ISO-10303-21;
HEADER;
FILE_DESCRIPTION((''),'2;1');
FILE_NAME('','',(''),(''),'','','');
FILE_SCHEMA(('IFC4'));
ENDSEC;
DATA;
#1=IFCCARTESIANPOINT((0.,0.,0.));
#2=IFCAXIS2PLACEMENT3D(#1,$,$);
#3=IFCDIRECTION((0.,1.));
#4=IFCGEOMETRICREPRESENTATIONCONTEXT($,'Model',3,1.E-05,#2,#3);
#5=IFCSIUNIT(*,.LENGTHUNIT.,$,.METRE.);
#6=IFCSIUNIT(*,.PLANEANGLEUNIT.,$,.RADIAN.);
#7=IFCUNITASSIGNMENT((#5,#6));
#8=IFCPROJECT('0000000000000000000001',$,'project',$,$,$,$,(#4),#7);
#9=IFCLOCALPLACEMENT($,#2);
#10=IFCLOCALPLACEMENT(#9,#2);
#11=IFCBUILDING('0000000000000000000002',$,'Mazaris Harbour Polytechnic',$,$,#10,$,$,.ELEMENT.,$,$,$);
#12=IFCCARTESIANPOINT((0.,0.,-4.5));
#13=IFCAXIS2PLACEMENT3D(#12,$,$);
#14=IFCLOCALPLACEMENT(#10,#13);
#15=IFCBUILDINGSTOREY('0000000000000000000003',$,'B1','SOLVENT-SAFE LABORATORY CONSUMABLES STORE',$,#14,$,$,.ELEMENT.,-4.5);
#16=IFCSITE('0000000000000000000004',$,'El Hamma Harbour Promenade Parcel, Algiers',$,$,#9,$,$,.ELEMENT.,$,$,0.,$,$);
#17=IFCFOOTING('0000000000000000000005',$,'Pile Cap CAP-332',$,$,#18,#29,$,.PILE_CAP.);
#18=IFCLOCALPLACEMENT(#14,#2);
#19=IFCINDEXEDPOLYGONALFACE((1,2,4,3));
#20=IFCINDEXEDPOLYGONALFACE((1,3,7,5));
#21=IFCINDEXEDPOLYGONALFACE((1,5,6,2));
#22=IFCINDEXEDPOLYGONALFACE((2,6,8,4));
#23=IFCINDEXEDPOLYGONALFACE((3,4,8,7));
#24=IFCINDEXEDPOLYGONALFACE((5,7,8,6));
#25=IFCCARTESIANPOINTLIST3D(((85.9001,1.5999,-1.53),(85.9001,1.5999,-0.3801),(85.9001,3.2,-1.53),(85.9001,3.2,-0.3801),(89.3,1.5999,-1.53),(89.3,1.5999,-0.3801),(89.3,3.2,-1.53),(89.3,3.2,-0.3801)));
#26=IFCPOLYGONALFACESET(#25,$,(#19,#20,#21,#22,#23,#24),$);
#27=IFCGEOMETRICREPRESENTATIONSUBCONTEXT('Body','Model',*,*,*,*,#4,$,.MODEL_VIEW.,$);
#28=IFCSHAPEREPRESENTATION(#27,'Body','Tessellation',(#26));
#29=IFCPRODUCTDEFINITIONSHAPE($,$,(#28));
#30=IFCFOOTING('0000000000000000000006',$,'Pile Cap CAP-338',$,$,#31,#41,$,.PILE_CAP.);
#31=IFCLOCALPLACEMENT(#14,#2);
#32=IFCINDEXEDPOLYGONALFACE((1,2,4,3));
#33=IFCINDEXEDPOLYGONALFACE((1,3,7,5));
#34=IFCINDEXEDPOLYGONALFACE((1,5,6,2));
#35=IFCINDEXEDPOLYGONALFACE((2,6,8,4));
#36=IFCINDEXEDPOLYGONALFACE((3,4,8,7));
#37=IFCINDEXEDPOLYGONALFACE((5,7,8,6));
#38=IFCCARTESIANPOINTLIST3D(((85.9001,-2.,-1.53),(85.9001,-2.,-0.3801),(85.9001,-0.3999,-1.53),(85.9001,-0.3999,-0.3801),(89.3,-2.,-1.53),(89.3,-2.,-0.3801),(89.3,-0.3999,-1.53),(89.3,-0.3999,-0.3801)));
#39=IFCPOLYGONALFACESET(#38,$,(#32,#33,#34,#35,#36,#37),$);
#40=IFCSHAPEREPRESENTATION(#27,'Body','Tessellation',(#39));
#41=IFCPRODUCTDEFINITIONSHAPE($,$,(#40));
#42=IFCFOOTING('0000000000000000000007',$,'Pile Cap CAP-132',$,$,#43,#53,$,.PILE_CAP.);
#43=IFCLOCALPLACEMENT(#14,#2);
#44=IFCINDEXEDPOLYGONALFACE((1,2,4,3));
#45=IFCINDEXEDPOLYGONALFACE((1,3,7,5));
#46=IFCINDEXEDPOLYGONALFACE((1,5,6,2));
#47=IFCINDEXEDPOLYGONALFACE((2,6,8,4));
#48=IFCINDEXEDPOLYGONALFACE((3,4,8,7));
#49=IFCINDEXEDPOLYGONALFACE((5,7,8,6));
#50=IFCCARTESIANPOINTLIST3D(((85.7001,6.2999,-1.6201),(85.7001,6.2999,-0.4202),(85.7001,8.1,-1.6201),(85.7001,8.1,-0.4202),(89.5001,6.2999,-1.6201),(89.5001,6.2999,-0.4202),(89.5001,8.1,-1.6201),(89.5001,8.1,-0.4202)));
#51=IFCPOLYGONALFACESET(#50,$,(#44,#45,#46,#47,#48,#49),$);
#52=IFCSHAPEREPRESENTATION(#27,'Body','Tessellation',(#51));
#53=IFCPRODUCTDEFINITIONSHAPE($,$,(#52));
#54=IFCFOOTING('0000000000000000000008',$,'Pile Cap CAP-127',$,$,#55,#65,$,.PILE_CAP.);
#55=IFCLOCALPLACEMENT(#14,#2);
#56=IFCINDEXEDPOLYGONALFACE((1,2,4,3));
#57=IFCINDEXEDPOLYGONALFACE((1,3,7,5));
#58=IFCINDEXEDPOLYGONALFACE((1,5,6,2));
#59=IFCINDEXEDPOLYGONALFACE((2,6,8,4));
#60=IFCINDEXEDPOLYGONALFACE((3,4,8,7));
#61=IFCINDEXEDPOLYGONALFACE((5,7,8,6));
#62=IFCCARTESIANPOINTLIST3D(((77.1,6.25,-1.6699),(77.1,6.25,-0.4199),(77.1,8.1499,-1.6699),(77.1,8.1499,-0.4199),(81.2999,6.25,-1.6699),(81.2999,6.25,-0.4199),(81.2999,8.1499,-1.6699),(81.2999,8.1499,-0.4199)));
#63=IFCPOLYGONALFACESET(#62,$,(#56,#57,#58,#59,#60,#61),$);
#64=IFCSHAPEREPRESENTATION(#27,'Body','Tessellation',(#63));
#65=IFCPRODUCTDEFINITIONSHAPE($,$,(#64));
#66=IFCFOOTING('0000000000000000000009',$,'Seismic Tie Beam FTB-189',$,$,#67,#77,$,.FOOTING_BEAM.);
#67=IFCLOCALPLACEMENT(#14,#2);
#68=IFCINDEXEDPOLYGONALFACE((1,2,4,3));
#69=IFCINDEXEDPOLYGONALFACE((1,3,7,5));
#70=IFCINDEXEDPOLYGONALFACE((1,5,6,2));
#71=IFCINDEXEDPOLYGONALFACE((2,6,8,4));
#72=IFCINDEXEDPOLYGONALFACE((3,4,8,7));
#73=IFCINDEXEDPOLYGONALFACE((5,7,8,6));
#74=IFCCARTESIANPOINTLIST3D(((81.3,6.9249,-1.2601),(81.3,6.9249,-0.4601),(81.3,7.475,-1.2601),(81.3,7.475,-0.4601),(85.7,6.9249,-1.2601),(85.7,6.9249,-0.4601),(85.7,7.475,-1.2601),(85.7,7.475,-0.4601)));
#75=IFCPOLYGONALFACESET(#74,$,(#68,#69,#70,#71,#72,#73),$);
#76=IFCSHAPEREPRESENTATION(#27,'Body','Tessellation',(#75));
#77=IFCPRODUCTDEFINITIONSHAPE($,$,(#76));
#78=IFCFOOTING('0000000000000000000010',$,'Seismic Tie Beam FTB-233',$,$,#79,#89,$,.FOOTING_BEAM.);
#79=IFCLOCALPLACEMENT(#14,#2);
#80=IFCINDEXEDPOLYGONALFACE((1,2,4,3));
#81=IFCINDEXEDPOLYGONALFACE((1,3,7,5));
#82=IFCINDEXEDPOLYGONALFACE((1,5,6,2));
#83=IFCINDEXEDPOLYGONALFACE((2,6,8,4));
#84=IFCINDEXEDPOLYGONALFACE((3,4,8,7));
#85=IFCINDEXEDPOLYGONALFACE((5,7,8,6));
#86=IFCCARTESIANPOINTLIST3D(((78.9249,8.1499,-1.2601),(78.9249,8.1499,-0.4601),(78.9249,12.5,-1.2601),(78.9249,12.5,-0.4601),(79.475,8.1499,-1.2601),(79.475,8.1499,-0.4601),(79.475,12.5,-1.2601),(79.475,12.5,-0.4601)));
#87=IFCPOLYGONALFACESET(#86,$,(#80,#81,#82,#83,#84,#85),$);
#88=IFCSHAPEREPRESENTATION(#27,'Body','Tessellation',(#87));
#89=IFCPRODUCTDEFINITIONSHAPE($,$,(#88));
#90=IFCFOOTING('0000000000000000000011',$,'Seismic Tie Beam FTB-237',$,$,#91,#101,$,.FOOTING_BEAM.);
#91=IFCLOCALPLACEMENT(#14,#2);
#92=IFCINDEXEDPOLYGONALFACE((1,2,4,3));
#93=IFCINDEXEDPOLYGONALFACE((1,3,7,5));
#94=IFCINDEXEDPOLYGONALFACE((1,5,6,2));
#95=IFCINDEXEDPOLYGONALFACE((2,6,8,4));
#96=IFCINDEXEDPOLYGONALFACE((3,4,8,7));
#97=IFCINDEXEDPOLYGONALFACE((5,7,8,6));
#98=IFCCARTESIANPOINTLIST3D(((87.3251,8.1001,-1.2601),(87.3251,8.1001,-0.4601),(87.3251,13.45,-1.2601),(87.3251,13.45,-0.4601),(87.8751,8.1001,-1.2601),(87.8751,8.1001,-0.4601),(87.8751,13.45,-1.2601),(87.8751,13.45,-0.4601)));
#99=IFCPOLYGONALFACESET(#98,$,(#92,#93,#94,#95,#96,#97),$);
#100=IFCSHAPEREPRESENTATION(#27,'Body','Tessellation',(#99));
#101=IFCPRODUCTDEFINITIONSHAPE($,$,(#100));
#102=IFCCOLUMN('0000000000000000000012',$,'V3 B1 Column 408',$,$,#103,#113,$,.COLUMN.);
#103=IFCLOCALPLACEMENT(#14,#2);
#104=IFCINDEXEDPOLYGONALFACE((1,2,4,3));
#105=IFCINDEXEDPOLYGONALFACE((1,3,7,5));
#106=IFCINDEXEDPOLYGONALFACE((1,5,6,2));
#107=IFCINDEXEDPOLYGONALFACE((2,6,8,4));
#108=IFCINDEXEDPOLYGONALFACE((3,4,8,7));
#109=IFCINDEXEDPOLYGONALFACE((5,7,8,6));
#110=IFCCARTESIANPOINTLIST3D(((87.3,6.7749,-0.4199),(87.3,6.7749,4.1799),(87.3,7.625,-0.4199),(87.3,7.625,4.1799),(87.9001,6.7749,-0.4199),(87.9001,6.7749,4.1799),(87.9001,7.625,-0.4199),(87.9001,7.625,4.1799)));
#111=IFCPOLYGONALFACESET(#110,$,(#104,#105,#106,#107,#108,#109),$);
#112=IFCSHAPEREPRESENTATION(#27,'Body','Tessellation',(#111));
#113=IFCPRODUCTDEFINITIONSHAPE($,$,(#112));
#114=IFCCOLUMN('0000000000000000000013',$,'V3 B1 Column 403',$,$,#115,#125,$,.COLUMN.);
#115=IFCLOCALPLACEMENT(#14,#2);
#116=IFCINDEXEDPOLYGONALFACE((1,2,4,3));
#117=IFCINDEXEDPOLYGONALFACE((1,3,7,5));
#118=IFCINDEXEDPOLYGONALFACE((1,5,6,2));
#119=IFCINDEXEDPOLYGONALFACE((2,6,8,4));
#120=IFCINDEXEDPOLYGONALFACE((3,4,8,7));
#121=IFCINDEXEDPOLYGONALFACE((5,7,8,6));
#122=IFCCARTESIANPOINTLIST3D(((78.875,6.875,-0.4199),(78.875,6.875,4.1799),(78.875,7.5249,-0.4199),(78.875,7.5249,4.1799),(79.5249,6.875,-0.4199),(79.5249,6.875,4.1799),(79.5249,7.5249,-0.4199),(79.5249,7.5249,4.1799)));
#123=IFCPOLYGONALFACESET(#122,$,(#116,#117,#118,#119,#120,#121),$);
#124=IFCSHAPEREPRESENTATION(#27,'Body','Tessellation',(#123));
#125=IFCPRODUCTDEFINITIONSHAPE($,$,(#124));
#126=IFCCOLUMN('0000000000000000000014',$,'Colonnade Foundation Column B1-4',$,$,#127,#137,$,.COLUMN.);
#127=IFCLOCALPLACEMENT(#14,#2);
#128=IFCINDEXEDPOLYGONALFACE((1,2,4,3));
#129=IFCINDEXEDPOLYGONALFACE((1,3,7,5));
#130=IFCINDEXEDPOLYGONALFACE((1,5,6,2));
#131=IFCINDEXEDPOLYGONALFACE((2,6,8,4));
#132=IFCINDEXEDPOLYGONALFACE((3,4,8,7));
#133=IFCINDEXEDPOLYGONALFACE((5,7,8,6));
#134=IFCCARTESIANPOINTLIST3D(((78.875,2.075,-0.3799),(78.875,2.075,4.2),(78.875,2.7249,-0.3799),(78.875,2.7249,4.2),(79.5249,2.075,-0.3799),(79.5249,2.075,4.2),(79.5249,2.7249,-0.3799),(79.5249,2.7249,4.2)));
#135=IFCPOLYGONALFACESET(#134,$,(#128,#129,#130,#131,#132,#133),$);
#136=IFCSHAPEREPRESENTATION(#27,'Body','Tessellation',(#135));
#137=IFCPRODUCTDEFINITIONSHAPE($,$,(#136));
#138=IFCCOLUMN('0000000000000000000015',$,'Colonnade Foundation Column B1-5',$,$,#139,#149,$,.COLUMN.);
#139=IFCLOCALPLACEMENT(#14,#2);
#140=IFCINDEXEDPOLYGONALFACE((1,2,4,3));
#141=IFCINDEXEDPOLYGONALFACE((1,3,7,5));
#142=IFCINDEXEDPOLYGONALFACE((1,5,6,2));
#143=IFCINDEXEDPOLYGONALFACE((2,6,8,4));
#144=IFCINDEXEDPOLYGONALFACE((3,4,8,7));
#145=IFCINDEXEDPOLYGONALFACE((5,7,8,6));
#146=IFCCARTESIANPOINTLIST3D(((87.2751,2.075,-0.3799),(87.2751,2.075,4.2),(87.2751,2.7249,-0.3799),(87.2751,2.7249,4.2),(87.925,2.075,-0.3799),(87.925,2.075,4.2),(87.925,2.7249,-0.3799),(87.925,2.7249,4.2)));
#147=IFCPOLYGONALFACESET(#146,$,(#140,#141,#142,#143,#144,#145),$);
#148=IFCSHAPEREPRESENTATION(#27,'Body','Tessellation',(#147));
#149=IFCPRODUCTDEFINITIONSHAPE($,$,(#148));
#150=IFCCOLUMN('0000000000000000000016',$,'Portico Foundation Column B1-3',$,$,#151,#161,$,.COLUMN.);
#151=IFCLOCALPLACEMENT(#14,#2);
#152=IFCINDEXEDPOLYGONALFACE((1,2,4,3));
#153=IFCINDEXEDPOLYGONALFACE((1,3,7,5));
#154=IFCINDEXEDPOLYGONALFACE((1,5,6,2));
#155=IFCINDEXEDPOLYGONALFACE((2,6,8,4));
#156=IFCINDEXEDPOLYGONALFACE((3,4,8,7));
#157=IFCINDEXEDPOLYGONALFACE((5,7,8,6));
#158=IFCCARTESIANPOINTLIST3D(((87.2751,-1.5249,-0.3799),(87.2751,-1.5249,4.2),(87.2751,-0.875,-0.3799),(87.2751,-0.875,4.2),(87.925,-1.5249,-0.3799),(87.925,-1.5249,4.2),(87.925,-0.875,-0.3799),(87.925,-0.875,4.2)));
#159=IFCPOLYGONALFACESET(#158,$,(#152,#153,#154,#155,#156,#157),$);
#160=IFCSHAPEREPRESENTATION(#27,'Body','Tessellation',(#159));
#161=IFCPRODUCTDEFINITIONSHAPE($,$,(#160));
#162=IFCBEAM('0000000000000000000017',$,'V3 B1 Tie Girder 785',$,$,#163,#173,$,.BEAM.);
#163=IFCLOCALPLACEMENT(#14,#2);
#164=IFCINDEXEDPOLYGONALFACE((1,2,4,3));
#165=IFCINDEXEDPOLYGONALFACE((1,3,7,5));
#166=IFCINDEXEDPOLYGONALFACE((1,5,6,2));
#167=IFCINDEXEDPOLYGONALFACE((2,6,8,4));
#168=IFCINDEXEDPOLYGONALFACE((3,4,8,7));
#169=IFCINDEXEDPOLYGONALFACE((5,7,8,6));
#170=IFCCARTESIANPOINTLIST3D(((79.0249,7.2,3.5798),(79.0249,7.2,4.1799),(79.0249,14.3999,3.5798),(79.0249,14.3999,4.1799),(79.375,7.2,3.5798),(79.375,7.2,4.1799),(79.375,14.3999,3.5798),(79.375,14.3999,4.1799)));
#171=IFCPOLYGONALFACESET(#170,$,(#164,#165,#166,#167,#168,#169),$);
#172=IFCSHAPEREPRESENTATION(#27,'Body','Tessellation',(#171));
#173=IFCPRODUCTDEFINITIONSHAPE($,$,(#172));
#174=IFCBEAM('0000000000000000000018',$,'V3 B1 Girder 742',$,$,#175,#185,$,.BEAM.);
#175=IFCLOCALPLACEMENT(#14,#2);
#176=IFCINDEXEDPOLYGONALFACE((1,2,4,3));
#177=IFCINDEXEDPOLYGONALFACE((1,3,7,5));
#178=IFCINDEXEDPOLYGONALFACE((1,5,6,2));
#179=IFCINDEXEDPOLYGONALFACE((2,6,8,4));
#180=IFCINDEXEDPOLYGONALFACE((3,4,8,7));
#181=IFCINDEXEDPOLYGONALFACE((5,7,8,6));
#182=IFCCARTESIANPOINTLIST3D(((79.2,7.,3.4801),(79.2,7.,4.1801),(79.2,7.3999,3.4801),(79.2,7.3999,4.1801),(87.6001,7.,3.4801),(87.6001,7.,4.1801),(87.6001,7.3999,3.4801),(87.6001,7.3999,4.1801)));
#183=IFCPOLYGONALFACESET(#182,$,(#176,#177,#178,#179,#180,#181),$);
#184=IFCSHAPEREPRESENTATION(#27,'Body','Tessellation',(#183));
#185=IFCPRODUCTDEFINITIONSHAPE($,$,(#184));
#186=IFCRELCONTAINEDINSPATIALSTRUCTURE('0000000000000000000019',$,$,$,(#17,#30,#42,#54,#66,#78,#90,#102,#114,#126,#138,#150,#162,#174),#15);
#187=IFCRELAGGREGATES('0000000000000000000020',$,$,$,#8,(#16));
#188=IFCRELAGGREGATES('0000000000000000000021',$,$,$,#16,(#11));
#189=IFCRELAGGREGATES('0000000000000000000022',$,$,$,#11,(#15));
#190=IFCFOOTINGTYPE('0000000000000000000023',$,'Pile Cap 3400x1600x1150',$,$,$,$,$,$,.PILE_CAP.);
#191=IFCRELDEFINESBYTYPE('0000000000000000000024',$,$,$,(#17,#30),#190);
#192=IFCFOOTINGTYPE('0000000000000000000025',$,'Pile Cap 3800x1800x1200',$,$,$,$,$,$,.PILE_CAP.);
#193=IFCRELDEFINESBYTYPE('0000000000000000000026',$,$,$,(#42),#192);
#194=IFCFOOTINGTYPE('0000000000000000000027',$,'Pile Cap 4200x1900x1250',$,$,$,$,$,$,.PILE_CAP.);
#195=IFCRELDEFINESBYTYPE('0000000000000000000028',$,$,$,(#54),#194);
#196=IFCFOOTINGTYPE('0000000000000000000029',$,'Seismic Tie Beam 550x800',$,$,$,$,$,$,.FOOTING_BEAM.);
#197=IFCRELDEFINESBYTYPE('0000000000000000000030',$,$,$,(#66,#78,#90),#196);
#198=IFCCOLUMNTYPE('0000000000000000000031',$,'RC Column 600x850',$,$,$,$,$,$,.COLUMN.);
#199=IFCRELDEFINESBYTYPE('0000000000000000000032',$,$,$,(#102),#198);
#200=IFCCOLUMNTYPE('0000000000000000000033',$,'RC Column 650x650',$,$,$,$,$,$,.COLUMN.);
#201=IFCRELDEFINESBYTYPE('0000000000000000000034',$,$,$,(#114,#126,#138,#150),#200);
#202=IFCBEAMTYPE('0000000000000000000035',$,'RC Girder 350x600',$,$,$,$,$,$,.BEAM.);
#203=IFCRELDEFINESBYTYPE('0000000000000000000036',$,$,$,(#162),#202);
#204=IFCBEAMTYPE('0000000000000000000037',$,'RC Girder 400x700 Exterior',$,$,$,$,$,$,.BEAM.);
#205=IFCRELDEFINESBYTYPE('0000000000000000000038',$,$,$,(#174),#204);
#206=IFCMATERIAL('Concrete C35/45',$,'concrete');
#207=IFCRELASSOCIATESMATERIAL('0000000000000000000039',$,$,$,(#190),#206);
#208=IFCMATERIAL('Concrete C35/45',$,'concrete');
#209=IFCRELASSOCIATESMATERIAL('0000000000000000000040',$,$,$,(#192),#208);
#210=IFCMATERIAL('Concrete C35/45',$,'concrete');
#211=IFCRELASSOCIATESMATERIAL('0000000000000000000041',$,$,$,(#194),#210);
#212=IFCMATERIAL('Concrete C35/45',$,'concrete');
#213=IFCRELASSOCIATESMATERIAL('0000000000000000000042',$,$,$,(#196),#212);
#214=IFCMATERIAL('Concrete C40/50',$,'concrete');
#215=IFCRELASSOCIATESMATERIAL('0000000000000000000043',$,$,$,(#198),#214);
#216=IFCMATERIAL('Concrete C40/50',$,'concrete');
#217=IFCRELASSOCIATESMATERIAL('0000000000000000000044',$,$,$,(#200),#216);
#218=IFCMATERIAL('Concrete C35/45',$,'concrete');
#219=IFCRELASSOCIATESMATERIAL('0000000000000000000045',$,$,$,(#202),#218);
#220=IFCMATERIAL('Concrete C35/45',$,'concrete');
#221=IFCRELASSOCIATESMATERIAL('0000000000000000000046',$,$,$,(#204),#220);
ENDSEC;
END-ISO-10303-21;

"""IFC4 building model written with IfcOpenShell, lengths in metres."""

from ifc_helpers import new_model, si_unit, direction, frame, origin, origin_2d, place, context, subcontext, project, spatial, rectangle, extrude, material, material_profile, profile_set, type_object, element, save


model = new_model("IFC4")

# Units and contexts
model_context = context("Model", 3, precision=1e-05, world=origin(), true_north=direction((0.0, 1.0)))
body_context = subcontext(model_context, "Body", "Model", "MODEL_VIEW")
ifc_project = project(units=[si_unit("LENGTHUNIT", "METRE"), si_unit("PLANEANGLEUNIT", "RADIAN")], contexts=[model_context])

# Site, building, storey
site_placement = place(None, origin())
site = spatial("IfcSite", under=ifc_project, at=site_placement, Name="El Hamma Harbour Promenade Parcel, Algiers", CompositionType="ELEMENT", RefElevation=0.0)
building_placement = place(site_placement, origin())
building = spatial("IfcBuilding", under=site, at=building_placement, Name="Mazaris Harbour Polytechnic", CompositionType="ELEMENT")
storey_placement = place(building_placement, frame((0.0, 0.0, -4.5)))
storey = spatial("IfcBuildingStorey", under=building, at=storey_placement, Name="B1", Description="SOLVENT-SAFE LABORATORY CONSUMABLES STORE", CompositionType="ELEMENT", Elevation=-4.5)

# Footings
ifc_material_1 = material(Name="Concrete C35/45", Category="concrete")
footing_type_1 = type_object("IfcFootingType", Name="Pile Cap 3400x1600x1150", PredefinedType="PILE_CAP", material=ifc_material_1)
for number, where, z_axis, x_axis, name in (
    (1, (87.6001, 2.3999, -1.53), (0.0, 0.0, 1.0), (1.0, 0.0, 0.0), "Pile Cap CAP-332"),
    (2, (87.6001, -1.2, -1.53), (0.0, 0.0, 1.0), (1.0, 0.0, 0.0), "Pile Cap CAP-338"),
):
    element("IfcFooting", number, at=place(storey_placement, frame(where, z_axis=z_axis, x_axis=x_axis)), inside=storey, type_object=footing_type_1, Name=name, PredefinedType="PILE_CAP", context=body_context, shape_type="SweptSolid", body=[
        extrude(rectangle(XDim=3.3999, YDim=1.6001, at=origin_2d()), origin(), (0.0, 0.0, 1.0), 1.1499),
    ])
ifc_material_2 = material(Name="Concrete C35/45", Category="concrete")
footing_type_2 = type_object("IfcFootingType", Name="Pile Cap 3800x1800x1200", PredefinedType="PILE_CAP", material=ifc_material_2)
footing_1_placement = place(storey_placement, frame((87.6001, 7.2, -1.6201), z_axis=(0.0, 0.0, 1.0), x_axis=(1.0, 0.0, 0.0)))
element("IfcFooting", 3, at=footing_1_placement, inside=storey, type_object=footing_type_2, Name="Pile Cap CAP-132", PredefinedType="PILE_CAP", context=body_context, shape_type="SweptSolid", body=[
    extrude(rectangle(XDim=3.8, YDim=1.8, at=origin_2d()), origin(), (0.0, 0.0, 1.0), 1.2),
])
ifc_material_3 = material(Name="Concrete C35/45", Category="concrete")
footing_type_3 = type_object("IfcFootingType", Name="Pile Cap 4200x1900x1250", PredefinedType="PILE_CAP", material=ifc_material_3)
footing_2_placement = place(storey_placement, frame((79.2, 7.2, -1.6699), z_axis=(0.0, 0.0, 1.0), x_axis=(1.0, 0.0, 0.0)))
element("IfcFooting", 4, at=footing_2_placement, inside=storey, type_object=footing_type_3, Name="Pile Cap CAP-127", PredefinedType="PILE_CAP", context=body_context, shape_type="SweptSolid", body=[
    extrude(rectangle(XDim=4.2, YDim=1.8999, at=origin_2d()), origin(), (0.0, 0.0, 1.0), 1.25),
])
ifc_material_4 = material(Name="Concrete C35/45", Category="concrete")
ifc_material_profile_1 = material_profile(ifc_material_4, rectangle(XDim=0.55, YDim=0.8, at=origin_2d()), Name="RECT550x800")
ifc_profile_set_1 = profile_set([ifc_material_profile_1], Name="Concrete C35/45")
footing_type_4 = type_object("IfcFootingType", Name="Seismic Tie Beam 550x800", PredefinedType="FOOTING_BEAM", material=ifc_profile_set_1)
footing_3_placement = place(storey_placement, frame((81.3, 7.2, -0.8601), z_axis=(1.0, 0.0, 0.0), x_axis=(0.0, 1.0, 0.0)))
element("IfcFooting", 5, at=footing_3_placement, inside=storey, type_object=footing_type_4, Name="Seismic Tie Beam FTB-189", PredefinedType="FOOTING_BEAM", context=body_context, shape_type="SweptSolid", body=[
    extrude(rectangle(XDim=0.55, YDim=0.8, at=origin_2d()), origin(), (0.0, 0.0, 1.0), 4.3999),
])
footing_4_placement = place(storey_placement, frame((79.2, 8.1499, -0.8601), z_axis=(0.0, 1.0, 0.0), x_axis=(-1.0, 0.0, 0.0)))
element("IfcFooting", 6, at=footing_4_placement, inside=storey, type_object=footing_type_4, Name="Seismic Tie Beam FTB-233", PredefinedType="FOOTING_BEAM", context=body_context, shape_type="SweptSolid", body=[
    extrude(rectangle(XDim=0.55, YDim=0.8, at=origin_2d()), origin(), (0.0, 0.0, 1.0), 4.3501),
])
footing_5_placement = place(storey_placement, frame((87.6001, 8.1001, -0.8601), z_axis=(0.0, 1.0, 0.0), x_axis=(-1.0, 0.0, 0.0)))
element("IfcFooting", 7, at=footing_5_placement, inside=storey, type_object=footing_type_4, Name="Seismic Tie Beam FTB-237", PredefinedType="FOOTING_BEAM", context=body_context, shape_type="SweptSolid", body=[
    extrude(rectangle(XDim=0.55, YDim=0.8, at=origin_2d()), origin(), (0.0, 0.0, 1.0), 5.3499),
])

# Columns
ifc_material_5 = material(Name="Concrete C40/50", Category="concrete")
ifc_material_profile_2 = material_profile(ifc_material_5, rectangle(XDim=0.6001, YDim=0.8501, at=origin_2d()), Name="RECT600x850")
ifc_profile_set_2 = profile_set([ifc_material_profile_2], Name="Concrete C40/50")
column_type_1 = type_object("IfcColumnType", Name="RC Column 600x850", PredefinedType="COLUMN", material=ifc_profile_set_2)
column_1_placement = place(storey_placement, frame((87.6001, 7.2, -0.4199), z_axis=(0.0, 0.0, 1.0), x_axis=(1.0, 0.0, 0.0)))
element("IfcColumn", 8, at=column_1_placement, inside=storey, type_object=column_type_1, Name="V3 B1 Column 408", PredefinedType="COLUMN", context=body_context, shape_type="SweptSolid", body=[
    extrude(rectangle(XDim=0.6001, YDim=0.8501, at=origin_2d()), origin(), (0.0, 0.0, 1.0), 4.5999),
])
ifc_material_6 = material(Name="Concrete C40/50", Category="concrete")
ifc_material_profile_3 = material_profile(ifc_material_6, rectangle(XDim=0.6499, YDim=0.6499, at=origin_2d()), Name="RECT650x650")
ifc_profile_set_3 = profile_set([ifc_material_profile_3], Name="Concrete C40/50")
column_type_2 = type_object("IfcColumnType", Name="RC Column 650x650", PredefinedType="COLUMN", material=ifc_profile_set_3)
column_2_placement = place(storey_placement, frame((79.2, 7.2, -0.4199), z_axis=(0.0, 0.0, 1.0), x_axis=(1.0, 0.0, 0.0)))
element("IfcColumn", 9, at=column_2_placement, inside=storey, type_object=column_type_2, Name="V3 B1 Column 403", PredefinedType="COLUMN", context=body_context, shape_type="SweptSolid", body=[
    extrude(rectangle(XDim=0.6499, YDim=0.6499, at=origin_2d()), origin(), (0.0, 0.0, 1.0), 4.5999),
])
for number, where, z_axis, x_axis, name in (
    (10, (79.2, 2.3999, -0.3799), (0.0, 0.0, 1.0), (1.0, 0.0, 0.0), "Colonnade Foundation Column B1-4"),
    (11, (87.6001, 2.3999, -0.3799), (0.0, 0.0, 1.0), (1.0, 0.0, 0.0), "Colonnade Foundation Column B1-5"),
    (12, (87.6001, -1.2, -0.3799), (0.0, 0.0, 1.0), (1.0, 0.0, 0.0), "Portico Foundation Column B1-3"),
):
    element("IfcColumn", number, at=place(storey_placement, frame(where, z_axis=z_axis, x_axis=x_axis)), inside=storey, type_object=column_type_2, Name=name, PredefinedType="COLUMN", context=body_context, shape_type="SweptSolid", body=[
        extrude(rectangle(XDim=0.6499, YDim=0.6499, at=origin_2d()), origin(), (0.0, 0.0, 1.0), 4.5798),
    ])

# Beams
ifc_material_7 = material(Name="Concrete C35/45", Category="concrete")
ifc_material_profile_4 = material_profile(ifc_material_7, rectangle(XDim=0.3501, YDim=0.6001, at=origin_2d()), Name="RECT350x600")
ifc_profile_set_4 = profile_set([ifc_material_profile_4], Name="Concrete C35/45")
beam_type_1 = type_object("IfcBeamType", Name="RC Girder 350x600", PredefinedType="BEAM", material=ifc_profile_set_4)
beam_1_placement = place(storey_placement, frame((79.2, 7.2, 3.8799), z_axis=(0.0, 1.0, 0.0), x_axis=(-1.0, 0.0, 0.0)))
element("IfcBeam", 13, at=beam_1_placement, inside=storey, type_object=beam_type_1, Name="V3 B1 Tie Girder 785", PredefinedType="BEAM", context=body_context, shape_type="SweptSolid", body=[
    extrude(rectangle(XDim=0.3501, YDim=0.6001, at=origin_2d()), origin(), (0.0, 0.0, 1.0), 7.2),
])
ifc_material_8 = material(Name="Concrete C35/45", Category="concrete")
ifc_material_profile_5 = material_profile(ifc_material_8, rectangle(XDim=0.3999, YDim=0.7, at=origin_2d()), Name="RECT400x700")
ifc_profile_set_5 = profile_set([ifc_material_profile_5], Name="Concrete C35/45")
beam_type_2 = type_object("IfcBeamType", Name="RC Girder 400x700 Exterior", PredefinedType="BEAM", material=ifc_profile_set_5)
beam_2_placement = place(storey_placement, frame((79.2, 7.2, 3.8301), z_axis=(1.0, 0.0, 0.0), x_axis=(0.0, 1.0, 0.0)))
element("IfcBeam", 14, at=beam_2_placement, inside=storey, type_object=beam_type_2, Name="V3 B1 Girder 742", PredefinedType="BEAM", context=body_context, shape_type="SweptSolid", body=[
    extrude(rectangle(XDim=0.3999, YDim=0.7, at=origin_2d()), origin(), (0.0, 0.0, 1.0), 8.4001),
])

save(model, "model.ifc")
